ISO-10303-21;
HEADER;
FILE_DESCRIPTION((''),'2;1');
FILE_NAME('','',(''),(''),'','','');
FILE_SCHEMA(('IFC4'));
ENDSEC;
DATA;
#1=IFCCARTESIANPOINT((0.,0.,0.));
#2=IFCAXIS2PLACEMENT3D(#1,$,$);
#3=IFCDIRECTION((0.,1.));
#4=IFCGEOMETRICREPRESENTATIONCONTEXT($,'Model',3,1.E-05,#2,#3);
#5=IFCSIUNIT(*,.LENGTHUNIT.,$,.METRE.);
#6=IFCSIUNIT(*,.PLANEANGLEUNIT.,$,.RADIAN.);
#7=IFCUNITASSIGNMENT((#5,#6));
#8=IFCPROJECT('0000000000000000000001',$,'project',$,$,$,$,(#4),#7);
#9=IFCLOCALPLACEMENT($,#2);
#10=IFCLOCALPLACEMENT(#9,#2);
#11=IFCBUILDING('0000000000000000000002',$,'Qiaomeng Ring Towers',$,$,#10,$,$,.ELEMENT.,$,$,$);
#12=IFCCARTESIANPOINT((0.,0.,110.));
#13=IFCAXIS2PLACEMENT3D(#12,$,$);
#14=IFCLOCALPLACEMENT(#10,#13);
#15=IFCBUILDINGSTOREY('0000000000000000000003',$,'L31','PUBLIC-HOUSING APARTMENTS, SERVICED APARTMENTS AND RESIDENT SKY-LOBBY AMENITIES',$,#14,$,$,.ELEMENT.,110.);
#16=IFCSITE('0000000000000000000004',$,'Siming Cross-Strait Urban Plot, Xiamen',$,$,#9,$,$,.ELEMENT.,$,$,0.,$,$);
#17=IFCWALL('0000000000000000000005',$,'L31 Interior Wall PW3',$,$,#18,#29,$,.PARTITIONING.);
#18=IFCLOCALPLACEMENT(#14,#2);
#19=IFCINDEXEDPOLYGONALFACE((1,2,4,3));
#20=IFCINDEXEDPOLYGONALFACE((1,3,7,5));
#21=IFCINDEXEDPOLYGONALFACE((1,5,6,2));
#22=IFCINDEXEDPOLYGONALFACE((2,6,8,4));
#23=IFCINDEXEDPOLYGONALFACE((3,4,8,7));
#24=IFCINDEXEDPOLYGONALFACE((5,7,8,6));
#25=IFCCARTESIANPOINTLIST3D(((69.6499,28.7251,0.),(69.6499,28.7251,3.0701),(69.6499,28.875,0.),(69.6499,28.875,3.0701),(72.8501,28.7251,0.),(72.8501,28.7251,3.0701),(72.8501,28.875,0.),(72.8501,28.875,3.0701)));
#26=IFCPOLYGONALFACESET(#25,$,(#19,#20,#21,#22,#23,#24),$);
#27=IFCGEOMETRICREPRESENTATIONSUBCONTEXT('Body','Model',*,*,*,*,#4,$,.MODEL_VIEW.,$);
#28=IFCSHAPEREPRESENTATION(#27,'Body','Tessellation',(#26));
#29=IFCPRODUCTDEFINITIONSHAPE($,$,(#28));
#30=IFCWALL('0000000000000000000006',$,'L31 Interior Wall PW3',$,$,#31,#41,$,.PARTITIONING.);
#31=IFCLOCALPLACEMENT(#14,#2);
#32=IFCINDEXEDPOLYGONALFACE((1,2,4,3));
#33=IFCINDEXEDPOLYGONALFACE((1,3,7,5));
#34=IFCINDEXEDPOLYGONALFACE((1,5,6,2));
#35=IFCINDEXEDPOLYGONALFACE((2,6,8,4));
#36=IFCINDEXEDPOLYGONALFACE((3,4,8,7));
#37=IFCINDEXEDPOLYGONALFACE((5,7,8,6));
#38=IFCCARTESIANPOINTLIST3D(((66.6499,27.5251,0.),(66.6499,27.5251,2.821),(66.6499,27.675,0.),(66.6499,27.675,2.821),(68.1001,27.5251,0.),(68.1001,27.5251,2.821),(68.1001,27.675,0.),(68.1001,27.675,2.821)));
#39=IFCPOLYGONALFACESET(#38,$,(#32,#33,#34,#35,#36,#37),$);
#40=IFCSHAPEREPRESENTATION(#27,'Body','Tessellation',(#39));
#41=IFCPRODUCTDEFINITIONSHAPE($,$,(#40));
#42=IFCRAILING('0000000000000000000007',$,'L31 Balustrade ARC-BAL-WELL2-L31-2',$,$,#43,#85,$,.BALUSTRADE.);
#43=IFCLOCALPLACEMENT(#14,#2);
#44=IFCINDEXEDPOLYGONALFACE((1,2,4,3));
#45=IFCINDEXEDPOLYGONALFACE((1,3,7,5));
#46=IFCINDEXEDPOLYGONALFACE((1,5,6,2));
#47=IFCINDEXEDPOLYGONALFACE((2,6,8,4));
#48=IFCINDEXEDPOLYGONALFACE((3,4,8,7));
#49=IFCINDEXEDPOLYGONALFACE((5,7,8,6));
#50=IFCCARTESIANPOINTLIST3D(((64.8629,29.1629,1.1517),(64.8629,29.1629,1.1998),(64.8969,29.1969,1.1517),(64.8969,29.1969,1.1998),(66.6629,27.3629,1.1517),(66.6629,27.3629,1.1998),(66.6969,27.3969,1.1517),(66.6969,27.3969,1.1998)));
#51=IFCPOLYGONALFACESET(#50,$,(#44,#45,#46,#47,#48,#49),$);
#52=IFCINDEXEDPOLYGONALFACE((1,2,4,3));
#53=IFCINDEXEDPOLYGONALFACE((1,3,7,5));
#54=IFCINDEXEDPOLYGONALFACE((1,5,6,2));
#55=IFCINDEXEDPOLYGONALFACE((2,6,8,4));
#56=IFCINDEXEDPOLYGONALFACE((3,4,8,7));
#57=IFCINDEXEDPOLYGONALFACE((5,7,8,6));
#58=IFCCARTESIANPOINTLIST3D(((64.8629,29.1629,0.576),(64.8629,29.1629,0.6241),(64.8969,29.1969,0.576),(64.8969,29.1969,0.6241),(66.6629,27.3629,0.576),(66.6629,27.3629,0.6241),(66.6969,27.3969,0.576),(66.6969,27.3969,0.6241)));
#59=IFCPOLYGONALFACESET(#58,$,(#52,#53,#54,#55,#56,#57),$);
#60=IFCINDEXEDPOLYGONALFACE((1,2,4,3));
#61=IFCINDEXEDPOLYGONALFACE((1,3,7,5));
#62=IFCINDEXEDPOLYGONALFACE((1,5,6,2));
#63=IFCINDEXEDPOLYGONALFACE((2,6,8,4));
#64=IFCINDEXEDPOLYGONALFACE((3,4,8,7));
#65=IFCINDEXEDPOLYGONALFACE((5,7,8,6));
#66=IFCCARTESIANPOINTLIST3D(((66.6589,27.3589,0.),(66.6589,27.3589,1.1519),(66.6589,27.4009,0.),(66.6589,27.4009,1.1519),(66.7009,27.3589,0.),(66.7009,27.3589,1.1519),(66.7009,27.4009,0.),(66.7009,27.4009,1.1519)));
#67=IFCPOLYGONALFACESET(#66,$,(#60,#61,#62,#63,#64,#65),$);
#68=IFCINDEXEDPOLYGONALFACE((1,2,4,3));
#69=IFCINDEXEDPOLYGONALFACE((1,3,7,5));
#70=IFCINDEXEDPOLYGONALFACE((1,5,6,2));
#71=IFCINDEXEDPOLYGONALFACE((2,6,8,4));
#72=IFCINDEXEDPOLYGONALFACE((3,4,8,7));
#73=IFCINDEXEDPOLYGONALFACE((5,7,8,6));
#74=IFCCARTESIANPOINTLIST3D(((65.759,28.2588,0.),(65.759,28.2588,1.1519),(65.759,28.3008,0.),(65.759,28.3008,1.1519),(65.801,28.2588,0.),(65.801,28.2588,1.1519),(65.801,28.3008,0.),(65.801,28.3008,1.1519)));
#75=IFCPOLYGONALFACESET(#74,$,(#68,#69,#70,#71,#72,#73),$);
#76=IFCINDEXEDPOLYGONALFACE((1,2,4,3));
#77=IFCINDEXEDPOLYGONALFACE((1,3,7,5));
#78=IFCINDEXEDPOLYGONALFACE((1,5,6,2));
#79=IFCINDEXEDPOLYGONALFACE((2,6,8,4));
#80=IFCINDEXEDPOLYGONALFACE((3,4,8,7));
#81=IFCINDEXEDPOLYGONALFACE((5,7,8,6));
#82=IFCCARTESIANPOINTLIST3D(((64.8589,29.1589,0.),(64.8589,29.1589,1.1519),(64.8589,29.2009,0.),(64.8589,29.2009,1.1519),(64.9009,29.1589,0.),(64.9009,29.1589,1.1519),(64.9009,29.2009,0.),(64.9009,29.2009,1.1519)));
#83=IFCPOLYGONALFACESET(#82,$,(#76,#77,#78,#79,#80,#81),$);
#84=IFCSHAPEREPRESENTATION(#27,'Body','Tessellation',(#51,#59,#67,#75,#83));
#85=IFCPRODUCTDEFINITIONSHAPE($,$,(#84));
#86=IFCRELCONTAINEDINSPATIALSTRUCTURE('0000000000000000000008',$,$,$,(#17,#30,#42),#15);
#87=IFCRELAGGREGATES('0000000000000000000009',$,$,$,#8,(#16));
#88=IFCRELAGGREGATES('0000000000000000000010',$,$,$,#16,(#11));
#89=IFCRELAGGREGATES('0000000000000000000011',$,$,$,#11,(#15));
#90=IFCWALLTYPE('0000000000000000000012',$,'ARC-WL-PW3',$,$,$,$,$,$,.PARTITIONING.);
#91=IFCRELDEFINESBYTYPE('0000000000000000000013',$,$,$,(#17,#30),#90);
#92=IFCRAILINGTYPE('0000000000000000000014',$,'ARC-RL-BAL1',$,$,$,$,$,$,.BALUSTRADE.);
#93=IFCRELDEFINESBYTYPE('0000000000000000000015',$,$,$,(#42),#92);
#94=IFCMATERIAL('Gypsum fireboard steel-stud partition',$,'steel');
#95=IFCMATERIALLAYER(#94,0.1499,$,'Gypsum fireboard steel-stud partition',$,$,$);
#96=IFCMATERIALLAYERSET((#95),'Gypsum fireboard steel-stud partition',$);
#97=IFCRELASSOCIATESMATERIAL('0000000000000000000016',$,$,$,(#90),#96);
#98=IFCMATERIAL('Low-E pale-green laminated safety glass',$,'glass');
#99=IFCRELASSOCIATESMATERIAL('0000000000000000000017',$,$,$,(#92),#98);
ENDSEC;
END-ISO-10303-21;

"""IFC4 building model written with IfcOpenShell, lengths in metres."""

from ifc_helpers import new_model, si_unit, direction, frame, frame_2d, origin, origin_2d, place, context, subcontext, project, spatial, rectangle, extrude, material, layer, layer_set, type_object, element, save


model = new_model("IFC4")

# Units and contexts
model_context = context("Model", 3, precision=1e-05, world=origin(), true_north=direction((0.0, 1.0)))
body_context = subcontext(model_context, "Body", "Model", "MODEL_VIEW")
ifc_project = project(units=[si_unit("LENGTHUNIT", "METRE"), si_unit("PLANEANGLEUNIT", "RADIAN")], contexts=[model_context])

# Site, building, storey
site_placement = place(None, origin())
site = spatial("IfcSite", under=ifc_project, at=site_placement, Name="Siming Cross-Strait Urban Plot, Xiamen", CompositionType="ELEMENT", RefElevation=0.0)
building_placement = place(site_placement, origin())
building = spatial("IfcBuilding", under=site, at=building_placement, Name="Qiaomeng Ring Towers", CompositionType="ELEMENT")
storey_placement = place(building_placement, frame((0.0, 0.0, 110.0)))
storey = spatial("IfcBuildingStorey", under=building, at=storey_placement, Name="L31", Description="PUBLIC-HOUSING APARTMENTS, SERVICED APARTMENTS AND RESIDENT SKY-LOBBY AMENITIES", CompositionType="ELEMENT", Elevation=110.0)

# Walls
ifc_material_1 = material(Name="Gypsum fireboard steel-stud partition", Category="steel")
ifc_layer_1 = layer(ifc_material_1, 0.1499, Name="Gypsum fireboard steel-stud partition")
ifc_layer_set_1 = layer_set([ifc_layer_1], Name="Gypsum fireboard steel-stud partition")
wall_type_1 = type_object("IfcWallType", Name="ARC-WL-PW3", PredefinedType="PARTITIONING", material=ifc_layer_set_1)
wall_1_placement = place(storey_placement, frame((69.6499, 28.8, 0.0), z_axis=(0.0, 0.0, 1.0), x_axis=(1.0, 0.0, 0.0)))
element("IfcWall", 1, at=wall_1_placement, inside=storey, type_object=wall_type_1, Name="L31 Interior Wall PW3", PredefinedType="PARTITIONING", context=body_context, shape_type="SweptSolid", body=[
    extrude(rectangle(XDim=3.2002, YDim=0.1499, at=frame_2d((1.6001, 0.0))), origin(), (0.0, 0.0, 1.0), 3.0701),
])
wall_2_placement = place(storey_placement, frame((66.6499, 27.6001, 0.0), z_axis=(0.0, 0.0, 1.0), x_axis=(1.0, 0.0, 0.0)))
element("IfcWall", 2, at=wall_2_placement, inside=storey, type_object=wall_type_1, Name="L31 Interior Wall PW3", PredefinedType="PARTITIONING", context=body_context, shape_type="SweptSolid", body=[
    extrude(rectangle(XDim=1.4502, YDim=0.1499, at=frame_2d((0.7251, 0.0))), origin(), (0.0, 0.0, 1.0), 2.821),
])

# Railing
ifc_material_2 = material(Name="Low-E pale-green laminated safety glass", Category="glass")
railing_type = type_object("IfcRailingType", Name="ARC-RL-BAL1", PredefinedType="BALUSTRADE", material=ifc_material_2)
railing_1_placement = place(storey_placement, frame((66.6799, 27.3799, 0.0)))
element("IfcRailing", 3, at=railing_1_placement, inside=storey, type_object=railing_type, Name="L31 Balustrade ARC-BAL-WELL2-L31-2", PredefinedType="BALUSTRADE", context=body_context, shape_type="SweptSolid", body=[
    extrude(rectangle(XDim=0.0481, YDim=0.0481, at=origin_2d()), frame((0.0, 0.0, 1.1758), z_axis=(-0.707107, 0.707107, 0.0), x_axis=(-0.707107, -0.707107, 0.0)), (0.0, 0.0, 1.0), 2.5457),
    extrude(rectangle(XDim=0.0481, YDim=0.0481, at=origin_2d()), frame((0.0, 0.0, 0.6001), z_axis=(-0.707107, 0.707107, 0.0), x_axis=(-0.707107, -0.707107, 0.0)), (0.0, 0.0, 1.0), 2.5457),
    extrude(rectangle(XDim=0.042, YDim=0.042, at=origin_2d()), origin(), (0.0, 0.0, 1.0), 1.1519),
    extrude(rectangle(XDim=0.042, YDim=0.042, at=origin_2d()), frame((-0.8999, 0.8999, 0.0)), (0.0, 0.0, 1.0), 1.1519),
    extrude(rectangle(XDim=0.042, YDim=0.042, at=origin_2d()), frame((-1.8, 1.8, 0.0)), (0.0, 0.0, 1.0), 1.1519),
])

save(model, "model.ifc")
